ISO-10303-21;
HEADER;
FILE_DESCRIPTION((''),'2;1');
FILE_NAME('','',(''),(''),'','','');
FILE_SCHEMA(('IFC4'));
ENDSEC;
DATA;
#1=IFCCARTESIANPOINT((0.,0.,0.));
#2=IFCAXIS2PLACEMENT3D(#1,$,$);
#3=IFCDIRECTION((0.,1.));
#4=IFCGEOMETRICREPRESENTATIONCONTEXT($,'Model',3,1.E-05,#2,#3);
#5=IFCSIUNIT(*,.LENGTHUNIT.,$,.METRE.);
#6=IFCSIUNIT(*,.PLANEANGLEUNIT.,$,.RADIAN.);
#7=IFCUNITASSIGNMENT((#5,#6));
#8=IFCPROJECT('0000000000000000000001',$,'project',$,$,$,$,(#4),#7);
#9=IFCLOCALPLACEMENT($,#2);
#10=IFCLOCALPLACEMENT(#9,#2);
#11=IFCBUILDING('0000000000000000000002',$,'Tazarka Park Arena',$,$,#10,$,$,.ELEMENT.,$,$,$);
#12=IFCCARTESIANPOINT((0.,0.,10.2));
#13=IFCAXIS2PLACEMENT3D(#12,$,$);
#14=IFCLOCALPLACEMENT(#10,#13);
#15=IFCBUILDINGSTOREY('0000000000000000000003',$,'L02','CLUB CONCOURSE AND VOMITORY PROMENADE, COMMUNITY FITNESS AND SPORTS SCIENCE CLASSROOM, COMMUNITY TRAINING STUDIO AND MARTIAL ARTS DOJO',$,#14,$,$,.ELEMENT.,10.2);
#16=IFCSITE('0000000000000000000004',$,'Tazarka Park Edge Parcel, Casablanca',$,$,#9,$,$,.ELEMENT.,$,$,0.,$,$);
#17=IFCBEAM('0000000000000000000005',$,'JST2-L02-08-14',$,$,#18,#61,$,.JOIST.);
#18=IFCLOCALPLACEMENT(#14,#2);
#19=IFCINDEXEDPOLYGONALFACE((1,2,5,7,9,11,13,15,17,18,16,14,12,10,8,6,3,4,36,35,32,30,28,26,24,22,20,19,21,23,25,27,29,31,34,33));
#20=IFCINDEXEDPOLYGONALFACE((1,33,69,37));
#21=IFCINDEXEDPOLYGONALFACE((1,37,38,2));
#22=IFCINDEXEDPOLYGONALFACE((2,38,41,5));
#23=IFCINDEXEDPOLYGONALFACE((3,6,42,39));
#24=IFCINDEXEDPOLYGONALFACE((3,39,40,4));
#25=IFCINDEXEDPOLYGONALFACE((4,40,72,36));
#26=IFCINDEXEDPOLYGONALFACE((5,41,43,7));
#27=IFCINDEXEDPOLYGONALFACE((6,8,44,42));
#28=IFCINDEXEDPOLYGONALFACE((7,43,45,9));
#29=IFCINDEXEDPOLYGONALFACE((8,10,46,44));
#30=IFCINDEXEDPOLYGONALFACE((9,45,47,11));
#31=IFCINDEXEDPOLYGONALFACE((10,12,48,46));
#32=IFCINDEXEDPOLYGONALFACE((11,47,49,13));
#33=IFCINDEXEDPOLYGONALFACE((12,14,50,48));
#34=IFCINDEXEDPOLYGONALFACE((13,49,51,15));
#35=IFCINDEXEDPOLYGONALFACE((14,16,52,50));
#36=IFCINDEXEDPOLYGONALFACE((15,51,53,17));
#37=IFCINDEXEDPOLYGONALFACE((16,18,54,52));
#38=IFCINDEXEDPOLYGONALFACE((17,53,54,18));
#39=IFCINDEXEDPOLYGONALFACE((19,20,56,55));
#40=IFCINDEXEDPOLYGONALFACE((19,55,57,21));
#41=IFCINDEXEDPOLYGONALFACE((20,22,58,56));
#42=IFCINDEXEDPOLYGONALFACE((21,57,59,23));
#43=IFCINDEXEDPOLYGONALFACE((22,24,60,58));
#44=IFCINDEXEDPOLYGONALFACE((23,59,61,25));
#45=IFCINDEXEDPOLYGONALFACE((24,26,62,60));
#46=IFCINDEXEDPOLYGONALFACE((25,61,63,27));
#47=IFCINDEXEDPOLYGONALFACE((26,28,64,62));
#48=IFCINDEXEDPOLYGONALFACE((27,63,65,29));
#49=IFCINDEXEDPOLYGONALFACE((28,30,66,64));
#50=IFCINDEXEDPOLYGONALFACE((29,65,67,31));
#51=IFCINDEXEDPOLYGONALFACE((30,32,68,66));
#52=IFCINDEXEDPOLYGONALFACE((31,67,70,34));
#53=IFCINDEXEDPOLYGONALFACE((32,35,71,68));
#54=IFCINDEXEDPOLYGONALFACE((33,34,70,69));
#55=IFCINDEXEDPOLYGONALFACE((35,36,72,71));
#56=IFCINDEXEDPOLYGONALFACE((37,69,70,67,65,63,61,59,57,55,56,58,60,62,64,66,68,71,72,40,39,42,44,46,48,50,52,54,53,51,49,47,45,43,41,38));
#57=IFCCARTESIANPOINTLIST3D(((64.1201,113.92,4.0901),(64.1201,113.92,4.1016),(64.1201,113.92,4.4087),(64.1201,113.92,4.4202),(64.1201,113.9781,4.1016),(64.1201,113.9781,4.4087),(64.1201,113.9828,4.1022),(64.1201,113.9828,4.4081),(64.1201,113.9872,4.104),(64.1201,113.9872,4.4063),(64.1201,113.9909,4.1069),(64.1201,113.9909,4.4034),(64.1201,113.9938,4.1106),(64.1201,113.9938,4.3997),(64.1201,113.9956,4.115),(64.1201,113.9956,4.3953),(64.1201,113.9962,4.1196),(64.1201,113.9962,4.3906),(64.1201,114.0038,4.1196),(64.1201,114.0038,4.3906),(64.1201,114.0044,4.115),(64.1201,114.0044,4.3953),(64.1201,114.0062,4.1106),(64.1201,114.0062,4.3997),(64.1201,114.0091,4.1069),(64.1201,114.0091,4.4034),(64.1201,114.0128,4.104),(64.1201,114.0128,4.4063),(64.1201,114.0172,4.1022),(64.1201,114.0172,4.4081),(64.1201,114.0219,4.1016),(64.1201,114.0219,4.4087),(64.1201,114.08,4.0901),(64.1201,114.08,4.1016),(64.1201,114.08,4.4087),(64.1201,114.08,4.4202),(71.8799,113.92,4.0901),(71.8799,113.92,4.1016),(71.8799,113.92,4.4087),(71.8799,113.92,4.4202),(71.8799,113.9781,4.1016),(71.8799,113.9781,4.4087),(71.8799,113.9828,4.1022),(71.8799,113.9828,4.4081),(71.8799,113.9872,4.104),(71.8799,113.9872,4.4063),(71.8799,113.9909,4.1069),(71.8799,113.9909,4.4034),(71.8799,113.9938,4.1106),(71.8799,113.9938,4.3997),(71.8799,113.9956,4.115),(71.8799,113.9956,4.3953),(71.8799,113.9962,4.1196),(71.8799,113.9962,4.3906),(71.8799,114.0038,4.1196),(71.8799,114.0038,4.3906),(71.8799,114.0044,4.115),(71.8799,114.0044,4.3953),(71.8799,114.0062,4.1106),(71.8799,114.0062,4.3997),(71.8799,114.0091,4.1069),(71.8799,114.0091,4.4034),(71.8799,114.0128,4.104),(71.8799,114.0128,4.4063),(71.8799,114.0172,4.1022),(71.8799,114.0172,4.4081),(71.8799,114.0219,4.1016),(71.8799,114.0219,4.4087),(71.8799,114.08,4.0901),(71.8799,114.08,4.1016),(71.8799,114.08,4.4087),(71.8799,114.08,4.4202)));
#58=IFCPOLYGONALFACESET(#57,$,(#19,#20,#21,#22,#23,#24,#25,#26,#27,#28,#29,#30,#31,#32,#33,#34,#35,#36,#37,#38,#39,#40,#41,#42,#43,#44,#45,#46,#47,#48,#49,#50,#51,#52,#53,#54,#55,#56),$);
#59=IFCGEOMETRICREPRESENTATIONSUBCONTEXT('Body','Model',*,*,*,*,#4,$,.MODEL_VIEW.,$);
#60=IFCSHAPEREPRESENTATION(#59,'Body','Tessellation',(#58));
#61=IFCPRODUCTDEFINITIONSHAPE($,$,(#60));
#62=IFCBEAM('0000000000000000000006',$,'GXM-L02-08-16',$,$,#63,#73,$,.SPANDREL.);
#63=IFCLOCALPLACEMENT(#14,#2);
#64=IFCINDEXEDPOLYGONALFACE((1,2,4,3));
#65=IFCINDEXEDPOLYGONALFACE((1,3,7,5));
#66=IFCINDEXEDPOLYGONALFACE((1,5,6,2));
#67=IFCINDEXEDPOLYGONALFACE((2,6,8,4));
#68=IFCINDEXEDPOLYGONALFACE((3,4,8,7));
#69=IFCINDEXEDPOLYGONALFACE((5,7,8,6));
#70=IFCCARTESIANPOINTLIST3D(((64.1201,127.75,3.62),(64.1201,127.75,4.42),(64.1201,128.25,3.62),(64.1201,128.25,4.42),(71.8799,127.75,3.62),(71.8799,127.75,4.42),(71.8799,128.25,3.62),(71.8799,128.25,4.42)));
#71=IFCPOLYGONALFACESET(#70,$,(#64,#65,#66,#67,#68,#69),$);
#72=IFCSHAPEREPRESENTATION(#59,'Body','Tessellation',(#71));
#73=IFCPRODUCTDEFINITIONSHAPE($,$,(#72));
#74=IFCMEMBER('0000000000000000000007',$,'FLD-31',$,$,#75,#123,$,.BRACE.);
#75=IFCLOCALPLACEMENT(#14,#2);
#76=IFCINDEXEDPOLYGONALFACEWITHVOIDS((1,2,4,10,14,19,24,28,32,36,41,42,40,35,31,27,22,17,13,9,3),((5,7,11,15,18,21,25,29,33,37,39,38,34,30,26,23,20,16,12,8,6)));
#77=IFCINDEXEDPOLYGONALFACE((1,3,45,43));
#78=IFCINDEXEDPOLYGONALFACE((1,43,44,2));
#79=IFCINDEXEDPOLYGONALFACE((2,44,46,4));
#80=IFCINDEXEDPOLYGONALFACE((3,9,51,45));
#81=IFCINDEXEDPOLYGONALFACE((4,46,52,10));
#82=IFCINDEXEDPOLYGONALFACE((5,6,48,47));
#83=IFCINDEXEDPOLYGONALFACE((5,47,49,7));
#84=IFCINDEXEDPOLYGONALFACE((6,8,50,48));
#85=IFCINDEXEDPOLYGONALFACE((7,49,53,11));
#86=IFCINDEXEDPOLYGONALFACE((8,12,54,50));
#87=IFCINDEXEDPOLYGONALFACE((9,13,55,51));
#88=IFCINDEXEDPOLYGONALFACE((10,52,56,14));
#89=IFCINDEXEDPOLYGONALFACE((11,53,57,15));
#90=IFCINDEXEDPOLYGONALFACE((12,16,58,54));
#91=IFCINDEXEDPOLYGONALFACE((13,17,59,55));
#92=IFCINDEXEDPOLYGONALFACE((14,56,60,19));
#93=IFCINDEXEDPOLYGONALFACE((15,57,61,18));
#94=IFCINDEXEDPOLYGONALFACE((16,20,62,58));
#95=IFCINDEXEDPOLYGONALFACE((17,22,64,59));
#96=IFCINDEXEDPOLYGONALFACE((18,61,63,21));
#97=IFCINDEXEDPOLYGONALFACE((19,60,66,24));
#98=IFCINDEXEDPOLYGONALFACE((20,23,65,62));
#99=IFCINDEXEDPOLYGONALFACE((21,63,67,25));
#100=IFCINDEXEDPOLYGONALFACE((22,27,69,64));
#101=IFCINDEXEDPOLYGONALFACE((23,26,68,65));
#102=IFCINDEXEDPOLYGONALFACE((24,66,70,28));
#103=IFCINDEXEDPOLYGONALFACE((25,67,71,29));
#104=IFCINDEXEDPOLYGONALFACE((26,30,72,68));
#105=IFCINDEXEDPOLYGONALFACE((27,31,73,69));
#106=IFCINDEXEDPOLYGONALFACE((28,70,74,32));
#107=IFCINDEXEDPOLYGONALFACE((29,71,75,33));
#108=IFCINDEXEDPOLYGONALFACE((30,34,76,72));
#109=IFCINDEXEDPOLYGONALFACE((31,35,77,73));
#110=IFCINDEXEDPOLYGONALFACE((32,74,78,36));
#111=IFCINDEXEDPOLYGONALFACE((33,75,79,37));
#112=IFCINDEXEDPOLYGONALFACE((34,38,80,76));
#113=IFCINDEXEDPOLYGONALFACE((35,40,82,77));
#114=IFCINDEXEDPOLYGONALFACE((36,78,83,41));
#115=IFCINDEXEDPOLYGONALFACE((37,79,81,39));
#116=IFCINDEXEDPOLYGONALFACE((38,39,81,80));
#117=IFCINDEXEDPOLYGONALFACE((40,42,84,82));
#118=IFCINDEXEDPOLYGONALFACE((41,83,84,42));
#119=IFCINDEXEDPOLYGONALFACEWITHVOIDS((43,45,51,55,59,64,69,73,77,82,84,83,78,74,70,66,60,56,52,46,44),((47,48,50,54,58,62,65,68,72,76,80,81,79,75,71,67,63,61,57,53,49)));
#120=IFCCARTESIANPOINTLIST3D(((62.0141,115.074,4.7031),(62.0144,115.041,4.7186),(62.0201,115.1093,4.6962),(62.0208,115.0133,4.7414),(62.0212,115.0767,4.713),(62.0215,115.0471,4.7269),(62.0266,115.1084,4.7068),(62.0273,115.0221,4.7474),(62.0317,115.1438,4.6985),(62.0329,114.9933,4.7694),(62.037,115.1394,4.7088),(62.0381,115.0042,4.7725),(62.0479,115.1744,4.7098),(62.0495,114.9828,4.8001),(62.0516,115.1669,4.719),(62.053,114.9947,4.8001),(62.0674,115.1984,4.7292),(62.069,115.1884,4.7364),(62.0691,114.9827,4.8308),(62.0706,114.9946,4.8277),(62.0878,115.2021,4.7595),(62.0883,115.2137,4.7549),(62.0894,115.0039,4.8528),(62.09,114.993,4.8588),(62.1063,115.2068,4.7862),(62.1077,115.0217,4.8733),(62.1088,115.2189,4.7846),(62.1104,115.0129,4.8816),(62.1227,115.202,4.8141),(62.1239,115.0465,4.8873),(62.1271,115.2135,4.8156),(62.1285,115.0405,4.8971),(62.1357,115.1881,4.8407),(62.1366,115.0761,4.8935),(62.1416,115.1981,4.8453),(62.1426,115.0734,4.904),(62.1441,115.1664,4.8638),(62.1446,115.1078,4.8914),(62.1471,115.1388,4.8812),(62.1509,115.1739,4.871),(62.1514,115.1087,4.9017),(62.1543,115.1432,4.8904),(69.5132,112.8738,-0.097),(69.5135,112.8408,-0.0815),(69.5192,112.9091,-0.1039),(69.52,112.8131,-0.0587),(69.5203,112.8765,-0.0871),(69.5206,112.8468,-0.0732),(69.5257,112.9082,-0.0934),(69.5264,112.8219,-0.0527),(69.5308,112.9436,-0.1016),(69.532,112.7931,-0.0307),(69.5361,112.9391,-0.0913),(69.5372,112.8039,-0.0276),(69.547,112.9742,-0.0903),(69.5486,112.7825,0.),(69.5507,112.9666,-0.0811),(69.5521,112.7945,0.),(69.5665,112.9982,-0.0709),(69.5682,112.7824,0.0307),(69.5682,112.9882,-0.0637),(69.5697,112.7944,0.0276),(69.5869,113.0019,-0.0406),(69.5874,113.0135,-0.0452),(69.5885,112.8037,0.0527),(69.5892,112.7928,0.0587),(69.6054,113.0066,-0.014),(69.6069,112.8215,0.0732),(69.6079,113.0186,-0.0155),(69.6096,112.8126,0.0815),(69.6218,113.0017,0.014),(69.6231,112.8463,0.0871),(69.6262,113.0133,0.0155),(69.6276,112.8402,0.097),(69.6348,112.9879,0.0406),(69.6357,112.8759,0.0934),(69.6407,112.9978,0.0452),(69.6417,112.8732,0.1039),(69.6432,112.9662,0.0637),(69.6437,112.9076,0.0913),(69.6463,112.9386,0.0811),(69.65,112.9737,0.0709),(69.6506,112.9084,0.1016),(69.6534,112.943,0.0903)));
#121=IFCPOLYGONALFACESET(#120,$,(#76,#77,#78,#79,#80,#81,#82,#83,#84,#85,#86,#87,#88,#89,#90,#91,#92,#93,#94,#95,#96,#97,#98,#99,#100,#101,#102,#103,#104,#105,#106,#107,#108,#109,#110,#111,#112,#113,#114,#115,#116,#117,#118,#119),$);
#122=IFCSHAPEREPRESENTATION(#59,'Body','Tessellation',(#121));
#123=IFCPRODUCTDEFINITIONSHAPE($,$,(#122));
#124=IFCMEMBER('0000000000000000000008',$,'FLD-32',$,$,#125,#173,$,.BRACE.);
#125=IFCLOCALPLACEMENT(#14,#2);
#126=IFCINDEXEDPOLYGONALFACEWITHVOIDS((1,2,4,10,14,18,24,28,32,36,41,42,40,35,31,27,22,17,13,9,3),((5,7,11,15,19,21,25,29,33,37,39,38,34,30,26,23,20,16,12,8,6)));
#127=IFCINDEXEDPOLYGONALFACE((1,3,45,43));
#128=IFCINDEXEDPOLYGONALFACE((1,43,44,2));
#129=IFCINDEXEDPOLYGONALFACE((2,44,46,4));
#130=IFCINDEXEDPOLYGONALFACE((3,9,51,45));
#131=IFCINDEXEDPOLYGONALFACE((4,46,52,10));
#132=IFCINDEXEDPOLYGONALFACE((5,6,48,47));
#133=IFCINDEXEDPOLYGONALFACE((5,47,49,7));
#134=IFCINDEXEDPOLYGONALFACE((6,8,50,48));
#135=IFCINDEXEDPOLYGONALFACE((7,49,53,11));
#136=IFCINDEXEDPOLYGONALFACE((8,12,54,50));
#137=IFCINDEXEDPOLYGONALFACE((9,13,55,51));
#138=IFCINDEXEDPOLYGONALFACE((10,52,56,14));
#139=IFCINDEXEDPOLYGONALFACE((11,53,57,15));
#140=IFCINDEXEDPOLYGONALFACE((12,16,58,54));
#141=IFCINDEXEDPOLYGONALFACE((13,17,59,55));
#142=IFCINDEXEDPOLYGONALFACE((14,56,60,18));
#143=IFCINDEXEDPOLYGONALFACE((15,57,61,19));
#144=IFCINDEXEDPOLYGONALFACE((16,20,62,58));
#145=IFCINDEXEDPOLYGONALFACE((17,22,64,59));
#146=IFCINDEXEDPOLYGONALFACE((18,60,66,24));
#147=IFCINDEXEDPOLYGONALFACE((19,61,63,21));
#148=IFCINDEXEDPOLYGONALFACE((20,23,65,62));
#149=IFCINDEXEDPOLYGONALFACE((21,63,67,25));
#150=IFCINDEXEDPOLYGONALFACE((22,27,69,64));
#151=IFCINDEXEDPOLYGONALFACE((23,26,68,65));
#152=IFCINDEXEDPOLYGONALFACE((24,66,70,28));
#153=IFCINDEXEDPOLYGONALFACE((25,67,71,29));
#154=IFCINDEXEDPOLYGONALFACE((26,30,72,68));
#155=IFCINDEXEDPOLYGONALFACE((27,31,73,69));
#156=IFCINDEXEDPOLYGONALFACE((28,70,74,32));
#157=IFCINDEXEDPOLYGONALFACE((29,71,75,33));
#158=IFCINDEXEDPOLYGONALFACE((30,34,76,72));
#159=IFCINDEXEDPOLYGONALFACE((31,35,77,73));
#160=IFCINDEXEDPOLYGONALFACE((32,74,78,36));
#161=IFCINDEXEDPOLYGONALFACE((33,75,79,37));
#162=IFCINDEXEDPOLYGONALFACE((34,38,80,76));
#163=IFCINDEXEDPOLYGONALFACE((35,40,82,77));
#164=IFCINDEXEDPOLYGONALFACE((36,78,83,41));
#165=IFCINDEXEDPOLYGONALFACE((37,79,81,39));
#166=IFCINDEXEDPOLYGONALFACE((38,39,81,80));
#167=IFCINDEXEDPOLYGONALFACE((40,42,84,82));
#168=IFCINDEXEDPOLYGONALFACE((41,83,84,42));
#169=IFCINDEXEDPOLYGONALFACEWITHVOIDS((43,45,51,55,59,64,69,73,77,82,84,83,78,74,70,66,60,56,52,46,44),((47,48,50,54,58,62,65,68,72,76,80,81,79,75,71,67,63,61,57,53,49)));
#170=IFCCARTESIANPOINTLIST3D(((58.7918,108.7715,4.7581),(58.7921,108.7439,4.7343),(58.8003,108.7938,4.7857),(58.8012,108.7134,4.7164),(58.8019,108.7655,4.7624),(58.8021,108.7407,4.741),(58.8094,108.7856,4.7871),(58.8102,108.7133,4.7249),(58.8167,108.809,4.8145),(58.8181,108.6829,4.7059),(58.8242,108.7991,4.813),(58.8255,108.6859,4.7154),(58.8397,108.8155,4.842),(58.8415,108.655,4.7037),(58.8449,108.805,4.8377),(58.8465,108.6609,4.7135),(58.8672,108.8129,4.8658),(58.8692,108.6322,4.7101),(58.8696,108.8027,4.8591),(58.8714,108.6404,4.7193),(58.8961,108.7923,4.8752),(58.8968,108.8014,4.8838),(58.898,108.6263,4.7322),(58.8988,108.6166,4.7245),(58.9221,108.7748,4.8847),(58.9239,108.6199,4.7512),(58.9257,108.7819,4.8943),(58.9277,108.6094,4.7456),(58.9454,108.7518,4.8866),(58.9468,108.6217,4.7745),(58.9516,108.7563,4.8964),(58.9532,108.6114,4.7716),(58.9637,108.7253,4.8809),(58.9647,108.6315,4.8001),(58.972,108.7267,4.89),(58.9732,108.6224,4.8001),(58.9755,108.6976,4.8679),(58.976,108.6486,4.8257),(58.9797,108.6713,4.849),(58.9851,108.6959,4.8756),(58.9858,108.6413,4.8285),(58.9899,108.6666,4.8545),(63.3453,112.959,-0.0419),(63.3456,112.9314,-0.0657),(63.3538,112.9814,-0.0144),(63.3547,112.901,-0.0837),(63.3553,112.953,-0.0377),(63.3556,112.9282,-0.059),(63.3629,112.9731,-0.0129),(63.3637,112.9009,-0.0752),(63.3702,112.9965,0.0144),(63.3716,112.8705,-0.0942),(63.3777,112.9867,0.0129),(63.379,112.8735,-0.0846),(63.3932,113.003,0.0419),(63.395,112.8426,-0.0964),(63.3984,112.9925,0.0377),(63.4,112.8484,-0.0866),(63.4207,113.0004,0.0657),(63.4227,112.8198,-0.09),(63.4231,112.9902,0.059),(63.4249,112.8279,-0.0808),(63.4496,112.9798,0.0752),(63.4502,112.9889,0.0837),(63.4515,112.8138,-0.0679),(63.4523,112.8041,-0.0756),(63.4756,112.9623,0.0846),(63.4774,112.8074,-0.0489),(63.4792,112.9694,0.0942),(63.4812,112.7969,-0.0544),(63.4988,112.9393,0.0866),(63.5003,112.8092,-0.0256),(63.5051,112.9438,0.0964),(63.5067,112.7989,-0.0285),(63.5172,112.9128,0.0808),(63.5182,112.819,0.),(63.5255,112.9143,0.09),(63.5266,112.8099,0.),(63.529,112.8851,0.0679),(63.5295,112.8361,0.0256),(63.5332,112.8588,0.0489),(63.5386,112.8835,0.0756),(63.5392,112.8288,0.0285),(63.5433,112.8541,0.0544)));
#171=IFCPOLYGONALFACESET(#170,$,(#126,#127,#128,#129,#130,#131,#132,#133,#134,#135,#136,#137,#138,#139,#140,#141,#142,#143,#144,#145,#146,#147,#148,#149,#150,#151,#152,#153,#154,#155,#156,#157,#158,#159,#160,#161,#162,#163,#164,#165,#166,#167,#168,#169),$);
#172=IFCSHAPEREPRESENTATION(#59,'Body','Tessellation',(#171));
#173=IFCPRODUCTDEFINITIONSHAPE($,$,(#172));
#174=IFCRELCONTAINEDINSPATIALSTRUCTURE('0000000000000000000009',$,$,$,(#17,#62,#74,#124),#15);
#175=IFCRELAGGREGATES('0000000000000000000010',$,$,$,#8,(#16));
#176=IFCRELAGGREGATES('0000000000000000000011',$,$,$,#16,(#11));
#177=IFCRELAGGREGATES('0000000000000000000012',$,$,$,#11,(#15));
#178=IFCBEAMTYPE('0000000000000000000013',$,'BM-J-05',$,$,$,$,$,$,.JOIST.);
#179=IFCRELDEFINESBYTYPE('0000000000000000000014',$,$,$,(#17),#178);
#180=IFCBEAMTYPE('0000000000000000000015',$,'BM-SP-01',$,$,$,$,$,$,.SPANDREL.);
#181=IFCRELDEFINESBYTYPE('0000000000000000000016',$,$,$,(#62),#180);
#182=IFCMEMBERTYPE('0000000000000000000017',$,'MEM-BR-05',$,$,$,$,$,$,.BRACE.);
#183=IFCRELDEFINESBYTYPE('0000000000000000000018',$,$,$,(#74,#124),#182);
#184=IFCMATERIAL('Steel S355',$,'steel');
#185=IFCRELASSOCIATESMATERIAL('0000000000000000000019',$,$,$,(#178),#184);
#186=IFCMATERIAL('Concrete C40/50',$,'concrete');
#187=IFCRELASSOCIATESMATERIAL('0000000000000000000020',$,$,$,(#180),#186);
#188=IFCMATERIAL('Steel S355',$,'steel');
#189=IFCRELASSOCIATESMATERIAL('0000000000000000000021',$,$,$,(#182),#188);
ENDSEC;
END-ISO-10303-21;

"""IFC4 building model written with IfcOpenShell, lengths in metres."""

from ifc_helpers import new_model, si_unit, direction, frame, origin, origin_2d, place, context, subcontext, project, spatial, rectangle, hollow_circle, i_section, extrude, material, material_profile, profile_set, type_object, element, save


model = new_model("IFC4")

# Units and contexts
model_context = context("Model", 3, precision=1e-05, world=origin(), true_north=direction((0.0, 1.0)))
body_context = subcontext(model_context, "Body", "Model", "MODEL_VIEW")
ifc_project = project(units=[si_unit("LENGTHUNIT", "METRE"), si_unit("PLANEANGLEUNIT", "RADIAN")], contexts=[model_context])

# Site, building, storey
site_placement = place(None, origin())
site = spatial("IfcSite", under=ifc_project, at=site_placement, Name="Tazarka Park Edge Parcel, Casablanca", CompositionType="ELEMENT", RefElevation=0.0)
building_placement = place(site_placement, origin())
building = spatial("IfcBuilding", under=site, at=building_placement, Name="Tazarka Park Arena", CompositionType="ELEMENT")
storey_placement = place(building_placement, frame((0.0, 0.0, 10.2)))
storey = spatial("IfcBuildingStorey", under=building, at=storey_placement, Name="L02", Description="CLUB CONCOURSE AND VOMITORY PROMENADE, COMMUNITY FITNESS AND SPORTS SCIENCE CLASSROOM, COMMUNITY TRAINING STUDIO AND MARTIAL ARTS DOJO", CompositionType="ELEMENT", Elevation=10.2)

# Beams
ifc_material_1 = material(Name="Steel S355", Category="steel")
ifc_material_profile_1 = material_profile(ifc_material_1, i_section(OverallWidth=0.1599, OverallDepth=0.3301, WebThickness=0.0076, FlangeThickness=0.0115, FilletRadius=0.0181, at=origin_2d()), Name="Steel S355")
ifc_profile_set_1 = profile_set([ifc_material_profile_1], Name="Steel S355")
beam_type_1 = type_object("IfcBeamType", Name="BM-J-05", PredefinedType="JOIST", material=ifc_profile_set_1)
beam_1_placement = place(storey_placement, frame((64.1201, 114.0, 4.2551), z_axis=(1.0, 0.0, 0.0), x_axis=(0.0, 1.0, 0.0)))
element("IfcBeam", 1, at=beam_1_placement, inside=storey, type_object=beam_type_1, Name="JST2-L02-08-14", PredefinedType="JOIST", context=body_context, shape_type="SweptSolid", body=[
    extrude(i_section(OverallWidth=0.1599, OverallDepth=0.3301, WebThickness=0.0076, FlangeThickness=0.0115, FilletRadius=0.0181, at=origin_2d()), origin(), (0.0, 0.0, 1.0), 7.7598),
])
ifc_material_2 = material(Name="Concrete C40/50", Category="concrete")
ifc_material_profile_2 = material_profile(ifc_material_2, rectangle(XDim=0.5, YDim=0.8, at=origin_2d()), Name="Concrete C40/50")
ifc_profile_set_2 = profile_set([ifc_material_profile_2], Name="Concrete C40/50")
beam_type_2 = type_object("IfcBeamType", Name="BM-SP-01", PredefinedType="SPANDREL", material=ifc_profile_set_2)
beam_2_placement = place(storey_placement, frame((64.1201, 128.0, 4.02), z_axis=(1.0, 0.0, 0.0), x_axis=(0.0, 1.0, 0.0)))
element("IfcBeam", 2, at=beam_2_placement, inside=storey, type_object=beam_type_2, Name="GXM-L02-08-16", PredefinedType="SPANDREL", context=body_context, shape_type="SweptSolid", body=[
    extrude(rectangle(XDim=0.5, YDim=0.8, at=origin_2d()), origin(), (0.0, 0.0, 1.0), 7.7598),
])

# Members
ifc_material_3 = material(Name="Steel S355", Category="steel")
ifc_material_profile_3 = material_profile(ifc_material_3, hollow_circle(Radius=0.1223, WallThickness=0.0125, at=origin_2d()), Name="Steel S355")
ifc_profile_set_3 = profile_set([ifc_material_profile_3], Name="Steel S355")
member_type_1 = type_object("IfcMemberType", Name="MEM-BR-05", PredefinedType="BRACE", material=ifc_profile_set_3)
member_1_placement = place(storey_placement, frame((69.583, 112.8999, 0.0), z_axis=(-0.817643, 0.239894, 0.523365), x_axis=(-0.28153, -0.959552, 0.0)))
element("IfcMember", 3, at=member_1_placement, inside=storey, type_object=member_type_1, Name="FLD-31", PredefinedType="BRACE", context=body_context, shape_type="SweptSolid", body=[
    extrude(hollow_circle(Radius=0.1223, WallThickness=0.0125, at=origin_2d()), origin(), (0.0, 0.0, 1.0), 9.1716),
])
member_2_placement = place(storey_placement, frame((63.4438, 112.8999, 0.0), z_axis=(-0.581537, -0.534799, 0.613029), x_axis=(0.676909, -0.736067, 0.0)))
element("IfcMember", 4, at=member_2_placement, inside=storey, type_object=member_type_1, Name="FLD-32", PredefinedType="BRACE", context=body_context, shape_type="SweptSolid", body=[
    extrude(hollow_circle(Radius=0.1223, WallThickness=0.0125, at=origin_2d()), origin(), (0.0, 0.0, 1.0), 7.8301),
])

save(model, "model.ifc")
